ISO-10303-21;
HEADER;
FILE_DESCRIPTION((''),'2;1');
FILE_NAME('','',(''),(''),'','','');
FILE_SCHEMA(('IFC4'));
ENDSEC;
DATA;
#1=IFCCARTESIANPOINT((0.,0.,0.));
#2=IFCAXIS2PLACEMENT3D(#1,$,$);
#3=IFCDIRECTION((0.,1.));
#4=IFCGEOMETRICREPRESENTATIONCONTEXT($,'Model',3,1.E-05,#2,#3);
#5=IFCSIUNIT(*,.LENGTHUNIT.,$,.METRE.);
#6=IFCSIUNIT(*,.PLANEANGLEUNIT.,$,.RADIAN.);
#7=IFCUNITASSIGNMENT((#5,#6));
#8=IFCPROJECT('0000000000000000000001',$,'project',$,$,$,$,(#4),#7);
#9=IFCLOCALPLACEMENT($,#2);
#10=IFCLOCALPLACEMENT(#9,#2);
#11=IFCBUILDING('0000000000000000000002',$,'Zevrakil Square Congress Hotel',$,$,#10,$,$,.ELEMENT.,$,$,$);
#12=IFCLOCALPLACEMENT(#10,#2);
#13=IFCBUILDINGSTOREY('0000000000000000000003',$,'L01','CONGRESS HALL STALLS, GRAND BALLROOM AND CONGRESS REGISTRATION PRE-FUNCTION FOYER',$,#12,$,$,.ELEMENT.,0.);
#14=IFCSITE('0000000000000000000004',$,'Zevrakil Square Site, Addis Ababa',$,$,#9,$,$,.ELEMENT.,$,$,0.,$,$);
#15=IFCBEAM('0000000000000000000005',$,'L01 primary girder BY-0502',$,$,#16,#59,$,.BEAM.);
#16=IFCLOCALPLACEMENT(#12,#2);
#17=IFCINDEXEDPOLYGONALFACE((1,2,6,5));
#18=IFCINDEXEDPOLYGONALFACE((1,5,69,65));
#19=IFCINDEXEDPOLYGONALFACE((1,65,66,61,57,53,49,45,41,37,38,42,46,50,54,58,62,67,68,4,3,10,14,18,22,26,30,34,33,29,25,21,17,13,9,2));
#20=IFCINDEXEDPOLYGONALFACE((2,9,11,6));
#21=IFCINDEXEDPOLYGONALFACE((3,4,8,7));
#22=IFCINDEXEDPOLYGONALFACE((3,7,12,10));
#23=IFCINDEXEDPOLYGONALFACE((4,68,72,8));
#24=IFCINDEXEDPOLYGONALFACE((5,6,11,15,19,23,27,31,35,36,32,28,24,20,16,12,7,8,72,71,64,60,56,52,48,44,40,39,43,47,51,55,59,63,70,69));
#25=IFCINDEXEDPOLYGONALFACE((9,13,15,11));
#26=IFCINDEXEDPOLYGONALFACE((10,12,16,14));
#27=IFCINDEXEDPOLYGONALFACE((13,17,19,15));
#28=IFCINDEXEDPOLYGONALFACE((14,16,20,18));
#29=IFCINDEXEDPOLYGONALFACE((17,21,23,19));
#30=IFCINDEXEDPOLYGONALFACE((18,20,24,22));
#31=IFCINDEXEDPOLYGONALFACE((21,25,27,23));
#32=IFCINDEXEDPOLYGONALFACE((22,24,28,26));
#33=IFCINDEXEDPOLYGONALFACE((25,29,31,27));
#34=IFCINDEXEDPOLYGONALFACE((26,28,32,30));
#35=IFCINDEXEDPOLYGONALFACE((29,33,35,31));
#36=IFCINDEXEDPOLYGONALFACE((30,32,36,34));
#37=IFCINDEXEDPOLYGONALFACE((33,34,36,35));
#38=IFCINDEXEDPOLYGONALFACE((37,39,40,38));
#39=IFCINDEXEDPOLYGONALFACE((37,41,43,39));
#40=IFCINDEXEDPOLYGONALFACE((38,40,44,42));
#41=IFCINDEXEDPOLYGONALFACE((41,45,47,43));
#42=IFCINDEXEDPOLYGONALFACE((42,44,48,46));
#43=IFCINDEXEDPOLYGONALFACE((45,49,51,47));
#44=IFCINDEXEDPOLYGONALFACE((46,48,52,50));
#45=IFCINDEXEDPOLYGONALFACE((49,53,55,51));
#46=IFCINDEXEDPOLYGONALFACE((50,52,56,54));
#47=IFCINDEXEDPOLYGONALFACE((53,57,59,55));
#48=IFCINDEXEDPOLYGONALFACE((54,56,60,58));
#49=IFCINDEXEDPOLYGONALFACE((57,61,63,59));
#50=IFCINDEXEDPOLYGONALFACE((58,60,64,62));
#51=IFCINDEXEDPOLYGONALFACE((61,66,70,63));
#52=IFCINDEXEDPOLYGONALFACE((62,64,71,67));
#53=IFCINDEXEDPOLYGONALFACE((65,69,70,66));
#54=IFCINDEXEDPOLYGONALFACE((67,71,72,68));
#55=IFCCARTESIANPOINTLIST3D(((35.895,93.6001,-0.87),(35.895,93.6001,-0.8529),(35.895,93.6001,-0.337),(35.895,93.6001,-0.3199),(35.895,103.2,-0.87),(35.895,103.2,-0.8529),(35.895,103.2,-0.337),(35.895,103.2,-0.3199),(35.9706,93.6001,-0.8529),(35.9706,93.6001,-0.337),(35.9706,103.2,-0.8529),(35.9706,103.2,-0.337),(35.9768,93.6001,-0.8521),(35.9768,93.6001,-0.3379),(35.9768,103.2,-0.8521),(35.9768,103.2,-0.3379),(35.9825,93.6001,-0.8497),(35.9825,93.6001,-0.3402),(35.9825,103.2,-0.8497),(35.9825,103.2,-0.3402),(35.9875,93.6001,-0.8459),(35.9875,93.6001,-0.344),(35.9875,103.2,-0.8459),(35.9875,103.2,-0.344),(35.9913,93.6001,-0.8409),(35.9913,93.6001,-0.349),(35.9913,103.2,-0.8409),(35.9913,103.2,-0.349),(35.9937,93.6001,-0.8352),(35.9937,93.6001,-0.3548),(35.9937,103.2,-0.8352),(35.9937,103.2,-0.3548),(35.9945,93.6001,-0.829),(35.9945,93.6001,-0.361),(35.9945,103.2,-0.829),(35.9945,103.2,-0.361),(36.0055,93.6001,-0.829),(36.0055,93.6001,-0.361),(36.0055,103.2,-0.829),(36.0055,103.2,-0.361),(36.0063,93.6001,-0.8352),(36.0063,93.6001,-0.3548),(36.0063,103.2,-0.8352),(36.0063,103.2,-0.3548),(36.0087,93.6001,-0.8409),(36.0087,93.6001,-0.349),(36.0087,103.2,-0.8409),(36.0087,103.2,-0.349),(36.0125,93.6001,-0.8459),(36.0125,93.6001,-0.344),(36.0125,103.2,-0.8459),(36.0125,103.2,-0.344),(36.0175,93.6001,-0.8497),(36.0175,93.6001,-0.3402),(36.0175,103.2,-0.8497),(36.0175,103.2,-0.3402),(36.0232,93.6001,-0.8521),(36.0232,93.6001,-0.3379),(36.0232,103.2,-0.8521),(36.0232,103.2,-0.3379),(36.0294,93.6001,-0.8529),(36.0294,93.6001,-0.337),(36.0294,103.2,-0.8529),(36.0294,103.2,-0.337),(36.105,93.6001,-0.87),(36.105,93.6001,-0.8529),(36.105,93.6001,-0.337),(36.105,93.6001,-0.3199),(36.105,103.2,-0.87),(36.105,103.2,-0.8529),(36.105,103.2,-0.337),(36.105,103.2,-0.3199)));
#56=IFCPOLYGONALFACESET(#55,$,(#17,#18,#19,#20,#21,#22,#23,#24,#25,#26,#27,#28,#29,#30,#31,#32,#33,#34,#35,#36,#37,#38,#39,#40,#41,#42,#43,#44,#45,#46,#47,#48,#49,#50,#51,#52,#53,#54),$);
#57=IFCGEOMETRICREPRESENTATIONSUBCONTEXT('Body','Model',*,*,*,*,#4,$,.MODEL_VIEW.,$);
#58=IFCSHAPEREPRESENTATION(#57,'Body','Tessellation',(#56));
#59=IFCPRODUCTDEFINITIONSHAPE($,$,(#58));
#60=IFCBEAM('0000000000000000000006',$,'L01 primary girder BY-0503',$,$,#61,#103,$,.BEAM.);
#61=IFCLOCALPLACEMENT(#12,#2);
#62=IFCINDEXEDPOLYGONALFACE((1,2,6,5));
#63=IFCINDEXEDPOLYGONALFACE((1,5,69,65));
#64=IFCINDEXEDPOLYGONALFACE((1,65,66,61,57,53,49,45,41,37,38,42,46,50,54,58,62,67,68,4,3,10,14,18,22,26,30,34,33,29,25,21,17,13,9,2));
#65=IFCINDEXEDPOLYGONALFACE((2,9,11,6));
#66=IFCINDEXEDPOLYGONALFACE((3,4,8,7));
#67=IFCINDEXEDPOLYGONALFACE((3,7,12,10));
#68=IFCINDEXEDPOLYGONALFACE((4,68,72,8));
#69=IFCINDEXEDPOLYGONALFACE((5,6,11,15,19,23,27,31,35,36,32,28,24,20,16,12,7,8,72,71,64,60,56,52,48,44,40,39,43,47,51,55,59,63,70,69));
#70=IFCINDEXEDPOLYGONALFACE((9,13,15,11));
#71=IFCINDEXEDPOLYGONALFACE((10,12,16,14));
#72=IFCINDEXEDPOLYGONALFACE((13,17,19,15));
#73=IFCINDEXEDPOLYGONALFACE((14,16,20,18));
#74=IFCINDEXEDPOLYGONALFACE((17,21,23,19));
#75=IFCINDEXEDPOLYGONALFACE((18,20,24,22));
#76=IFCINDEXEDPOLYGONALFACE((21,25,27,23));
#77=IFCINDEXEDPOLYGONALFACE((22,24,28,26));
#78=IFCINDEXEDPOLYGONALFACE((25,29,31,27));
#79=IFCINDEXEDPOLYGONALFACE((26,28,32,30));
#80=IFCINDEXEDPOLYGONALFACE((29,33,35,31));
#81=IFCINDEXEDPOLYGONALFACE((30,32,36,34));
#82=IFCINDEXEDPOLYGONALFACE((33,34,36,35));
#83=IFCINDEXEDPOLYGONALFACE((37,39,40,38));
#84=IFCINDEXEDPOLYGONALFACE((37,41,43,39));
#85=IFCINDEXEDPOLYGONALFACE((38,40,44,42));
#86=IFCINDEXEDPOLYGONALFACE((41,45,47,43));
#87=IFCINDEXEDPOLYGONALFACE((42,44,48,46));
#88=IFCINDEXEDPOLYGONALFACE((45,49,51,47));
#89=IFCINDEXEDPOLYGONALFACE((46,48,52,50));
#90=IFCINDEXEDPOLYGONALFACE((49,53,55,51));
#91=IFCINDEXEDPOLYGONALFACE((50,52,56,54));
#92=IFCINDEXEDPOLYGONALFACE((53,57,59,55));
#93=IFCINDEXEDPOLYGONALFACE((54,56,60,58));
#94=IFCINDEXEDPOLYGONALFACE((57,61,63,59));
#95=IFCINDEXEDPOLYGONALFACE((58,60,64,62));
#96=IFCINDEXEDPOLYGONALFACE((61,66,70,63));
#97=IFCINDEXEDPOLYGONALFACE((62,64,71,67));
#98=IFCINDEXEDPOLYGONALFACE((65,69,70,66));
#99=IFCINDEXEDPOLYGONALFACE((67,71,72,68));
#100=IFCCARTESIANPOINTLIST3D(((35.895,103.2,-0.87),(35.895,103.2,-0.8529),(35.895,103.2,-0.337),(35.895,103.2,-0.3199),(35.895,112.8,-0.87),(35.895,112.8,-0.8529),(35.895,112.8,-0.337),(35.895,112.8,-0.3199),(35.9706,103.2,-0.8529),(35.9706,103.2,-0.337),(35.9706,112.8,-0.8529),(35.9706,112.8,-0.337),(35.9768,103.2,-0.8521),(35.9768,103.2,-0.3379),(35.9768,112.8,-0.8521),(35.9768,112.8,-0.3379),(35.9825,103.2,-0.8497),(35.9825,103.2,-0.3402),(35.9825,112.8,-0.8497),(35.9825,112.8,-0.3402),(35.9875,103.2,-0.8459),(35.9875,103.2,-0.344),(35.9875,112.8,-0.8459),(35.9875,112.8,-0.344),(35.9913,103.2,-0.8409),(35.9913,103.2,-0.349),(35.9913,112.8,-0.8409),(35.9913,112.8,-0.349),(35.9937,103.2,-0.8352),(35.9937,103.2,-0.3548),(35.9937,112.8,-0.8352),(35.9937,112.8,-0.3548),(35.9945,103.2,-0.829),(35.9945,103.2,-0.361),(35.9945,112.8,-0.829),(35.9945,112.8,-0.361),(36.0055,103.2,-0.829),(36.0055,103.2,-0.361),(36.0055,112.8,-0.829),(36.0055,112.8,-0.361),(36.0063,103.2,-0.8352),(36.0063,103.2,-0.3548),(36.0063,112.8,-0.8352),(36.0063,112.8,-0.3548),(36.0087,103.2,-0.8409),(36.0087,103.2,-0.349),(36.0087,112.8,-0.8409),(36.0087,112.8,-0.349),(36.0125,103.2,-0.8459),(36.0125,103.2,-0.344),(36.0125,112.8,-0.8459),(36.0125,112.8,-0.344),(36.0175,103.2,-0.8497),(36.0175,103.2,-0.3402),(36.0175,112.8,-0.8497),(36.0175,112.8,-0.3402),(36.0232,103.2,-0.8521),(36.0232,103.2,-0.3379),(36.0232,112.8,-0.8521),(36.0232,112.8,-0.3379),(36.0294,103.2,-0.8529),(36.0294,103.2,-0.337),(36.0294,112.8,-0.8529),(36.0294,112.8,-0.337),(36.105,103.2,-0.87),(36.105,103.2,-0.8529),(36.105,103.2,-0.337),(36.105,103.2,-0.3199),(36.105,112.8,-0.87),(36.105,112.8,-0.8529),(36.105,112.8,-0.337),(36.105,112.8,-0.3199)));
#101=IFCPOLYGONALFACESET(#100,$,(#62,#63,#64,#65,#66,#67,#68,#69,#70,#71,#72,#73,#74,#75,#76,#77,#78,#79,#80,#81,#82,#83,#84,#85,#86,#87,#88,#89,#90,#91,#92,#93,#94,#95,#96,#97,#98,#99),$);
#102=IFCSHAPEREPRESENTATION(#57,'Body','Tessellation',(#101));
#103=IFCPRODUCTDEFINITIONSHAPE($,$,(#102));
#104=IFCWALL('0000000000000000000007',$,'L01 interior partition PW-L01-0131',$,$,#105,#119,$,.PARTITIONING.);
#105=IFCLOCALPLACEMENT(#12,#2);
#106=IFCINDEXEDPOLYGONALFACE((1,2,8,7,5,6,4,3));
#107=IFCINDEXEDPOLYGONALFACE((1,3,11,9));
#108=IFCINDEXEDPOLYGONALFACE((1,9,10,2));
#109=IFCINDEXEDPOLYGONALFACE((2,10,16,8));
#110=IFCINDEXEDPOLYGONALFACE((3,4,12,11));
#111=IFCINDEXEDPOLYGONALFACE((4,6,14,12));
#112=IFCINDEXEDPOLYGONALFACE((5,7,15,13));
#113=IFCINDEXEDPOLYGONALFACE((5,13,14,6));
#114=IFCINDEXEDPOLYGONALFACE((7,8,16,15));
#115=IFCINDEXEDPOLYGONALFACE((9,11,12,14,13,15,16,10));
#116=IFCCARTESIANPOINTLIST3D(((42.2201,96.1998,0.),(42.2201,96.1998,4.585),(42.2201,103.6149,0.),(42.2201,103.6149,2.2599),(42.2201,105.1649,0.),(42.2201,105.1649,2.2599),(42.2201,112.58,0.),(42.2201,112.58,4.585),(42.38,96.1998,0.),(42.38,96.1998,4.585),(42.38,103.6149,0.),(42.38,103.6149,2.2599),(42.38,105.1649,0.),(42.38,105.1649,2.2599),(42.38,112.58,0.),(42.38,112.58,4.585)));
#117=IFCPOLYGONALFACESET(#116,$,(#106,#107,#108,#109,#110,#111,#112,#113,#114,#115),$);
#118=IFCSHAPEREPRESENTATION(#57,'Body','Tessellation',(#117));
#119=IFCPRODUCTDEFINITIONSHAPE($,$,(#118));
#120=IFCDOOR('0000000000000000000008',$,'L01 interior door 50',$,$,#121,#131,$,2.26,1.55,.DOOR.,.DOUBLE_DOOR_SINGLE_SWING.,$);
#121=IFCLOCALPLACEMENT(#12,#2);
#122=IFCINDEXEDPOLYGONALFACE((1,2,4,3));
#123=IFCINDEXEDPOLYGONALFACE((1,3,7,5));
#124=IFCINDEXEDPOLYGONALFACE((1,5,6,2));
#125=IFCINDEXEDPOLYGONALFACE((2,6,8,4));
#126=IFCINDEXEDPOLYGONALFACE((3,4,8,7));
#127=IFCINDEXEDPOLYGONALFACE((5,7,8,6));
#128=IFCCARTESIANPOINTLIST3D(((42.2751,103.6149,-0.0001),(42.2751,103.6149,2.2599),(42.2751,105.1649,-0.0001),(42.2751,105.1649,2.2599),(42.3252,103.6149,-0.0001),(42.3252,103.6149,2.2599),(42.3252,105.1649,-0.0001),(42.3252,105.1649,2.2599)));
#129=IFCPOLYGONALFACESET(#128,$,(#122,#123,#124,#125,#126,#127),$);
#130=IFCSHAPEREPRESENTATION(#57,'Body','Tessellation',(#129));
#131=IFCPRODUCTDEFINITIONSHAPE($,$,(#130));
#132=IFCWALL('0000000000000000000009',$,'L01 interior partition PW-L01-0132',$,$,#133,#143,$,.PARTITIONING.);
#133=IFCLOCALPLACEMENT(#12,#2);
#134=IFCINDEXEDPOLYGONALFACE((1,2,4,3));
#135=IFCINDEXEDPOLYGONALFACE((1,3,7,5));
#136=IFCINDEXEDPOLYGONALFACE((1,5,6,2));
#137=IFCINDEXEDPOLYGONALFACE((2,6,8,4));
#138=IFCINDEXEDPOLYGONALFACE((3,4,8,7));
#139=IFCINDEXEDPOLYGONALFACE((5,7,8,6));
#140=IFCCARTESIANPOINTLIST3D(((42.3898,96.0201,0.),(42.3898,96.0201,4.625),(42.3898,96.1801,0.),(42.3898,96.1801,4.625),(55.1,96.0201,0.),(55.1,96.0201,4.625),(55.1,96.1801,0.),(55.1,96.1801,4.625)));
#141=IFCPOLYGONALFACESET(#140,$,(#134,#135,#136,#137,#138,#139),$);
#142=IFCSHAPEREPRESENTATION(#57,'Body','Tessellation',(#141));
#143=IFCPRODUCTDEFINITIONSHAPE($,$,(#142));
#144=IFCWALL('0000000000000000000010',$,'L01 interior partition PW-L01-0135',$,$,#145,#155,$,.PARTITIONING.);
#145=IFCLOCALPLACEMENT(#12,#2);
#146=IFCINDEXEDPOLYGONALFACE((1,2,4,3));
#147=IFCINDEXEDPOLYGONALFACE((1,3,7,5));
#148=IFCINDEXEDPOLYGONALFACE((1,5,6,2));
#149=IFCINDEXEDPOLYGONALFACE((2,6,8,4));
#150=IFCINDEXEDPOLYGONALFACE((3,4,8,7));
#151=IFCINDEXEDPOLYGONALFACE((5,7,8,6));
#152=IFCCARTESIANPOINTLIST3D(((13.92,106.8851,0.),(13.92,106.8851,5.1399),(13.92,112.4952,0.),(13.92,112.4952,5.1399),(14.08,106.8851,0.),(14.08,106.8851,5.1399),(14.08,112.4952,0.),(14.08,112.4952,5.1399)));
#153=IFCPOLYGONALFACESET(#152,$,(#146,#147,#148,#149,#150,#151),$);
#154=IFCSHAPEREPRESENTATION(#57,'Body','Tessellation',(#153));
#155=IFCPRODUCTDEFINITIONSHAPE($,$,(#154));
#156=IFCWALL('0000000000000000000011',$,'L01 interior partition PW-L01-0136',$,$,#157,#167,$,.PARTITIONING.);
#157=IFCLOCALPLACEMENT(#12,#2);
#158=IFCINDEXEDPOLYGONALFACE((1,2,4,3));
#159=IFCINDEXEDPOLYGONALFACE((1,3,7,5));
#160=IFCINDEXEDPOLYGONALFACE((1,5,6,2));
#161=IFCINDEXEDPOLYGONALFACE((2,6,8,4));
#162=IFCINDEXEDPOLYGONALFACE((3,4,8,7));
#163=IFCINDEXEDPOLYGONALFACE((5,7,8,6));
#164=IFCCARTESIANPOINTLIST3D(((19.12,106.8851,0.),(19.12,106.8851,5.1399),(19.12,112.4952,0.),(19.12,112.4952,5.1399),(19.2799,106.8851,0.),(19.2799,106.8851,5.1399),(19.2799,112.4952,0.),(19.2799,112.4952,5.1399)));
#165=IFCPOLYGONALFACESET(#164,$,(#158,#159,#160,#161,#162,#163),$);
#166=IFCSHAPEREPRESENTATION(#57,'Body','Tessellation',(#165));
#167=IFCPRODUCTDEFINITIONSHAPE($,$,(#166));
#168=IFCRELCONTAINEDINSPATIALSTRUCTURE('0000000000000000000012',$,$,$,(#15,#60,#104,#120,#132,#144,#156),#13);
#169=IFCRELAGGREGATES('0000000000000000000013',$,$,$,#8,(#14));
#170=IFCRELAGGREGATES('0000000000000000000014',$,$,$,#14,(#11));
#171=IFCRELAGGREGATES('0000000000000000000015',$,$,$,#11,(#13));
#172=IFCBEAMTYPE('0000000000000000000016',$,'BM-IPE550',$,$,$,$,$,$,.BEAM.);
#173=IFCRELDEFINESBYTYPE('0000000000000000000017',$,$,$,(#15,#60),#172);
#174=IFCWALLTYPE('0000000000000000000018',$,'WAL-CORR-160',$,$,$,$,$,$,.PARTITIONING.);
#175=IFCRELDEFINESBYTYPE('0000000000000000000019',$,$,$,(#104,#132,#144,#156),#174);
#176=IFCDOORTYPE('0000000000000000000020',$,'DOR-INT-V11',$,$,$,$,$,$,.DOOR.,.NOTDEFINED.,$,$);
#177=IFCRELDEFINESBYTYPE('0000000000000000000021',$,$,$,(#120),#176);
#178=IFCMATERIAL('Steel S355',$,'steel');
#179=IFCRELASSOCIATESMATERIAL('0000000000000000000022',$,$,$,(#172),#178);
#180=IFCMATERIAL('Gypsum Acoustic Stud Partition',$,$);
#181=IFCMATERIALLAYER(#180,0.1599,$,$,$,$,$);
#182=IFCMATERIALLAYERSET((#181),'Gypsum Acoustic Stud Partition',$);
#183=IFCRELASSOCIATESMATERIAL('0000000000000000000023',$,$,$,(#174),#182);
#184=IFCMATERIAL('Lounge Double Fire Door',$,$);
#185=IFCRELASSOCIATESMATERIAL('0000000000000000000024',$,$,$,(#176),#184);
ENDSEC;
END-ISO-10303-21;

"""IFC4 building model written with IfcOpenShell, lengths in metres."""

from ifc_helpers import new_model, si_unit, direction, frame, frame_2d, origin, origin_2d, place, context, subcontext, project, spatial, rectangle, i_section, extrude, material, layer, layer_set, material_profile, profile_set, type_object, element, fill, save


model = new_model("IFC4")

# Units and contexts
model_context = context("Model", 3, precision=1e-05, world=origin(), true_north=direction((0.0, 1.0)))
body_context = subcontext(model_context, "Body", "Model", "MODEL_VIEW")
ifc_project = project(units=[si_unit("LENGTHUNIT", "METRE"), si_unit("PLANEANGLEUNIT", "RADIAN")], contexts=[model_context])

# Site, building, storey
site_placement = place(None, origin())
site = spatial("IfcSite", under=ifc_project, at=site_placement, Name="Zevrakil Square Site, Addis Ababa", CompositionType="ELEMENT", RefElevation=0.0)
building_placement = place(site_placement, origin())
building = spatial("IfcBuilding", under=site, at=building_placement, Name="Zevrakil Square Congress Hotel", CompositionType="ELEMENT")
storey_placement = place(building_placement, origin())
storey = spatial("IfcBuildingStorey", under=building, at=storey_placement, Name="L01", Description="CONGRESS HALL STALLS, GRAND BALLROOM AND CONGRESS REGISTRATION PRE-FUNCTION FOYER", CompositionType="ELEMENT", Elevation=0.0)

# Beams
ifc_material_1 = material(Name="Steel S355", Category="steel")
ifc_material_profile_1 = material_profile(ifc_material_1, i_section(OverallWidth=0.21, OverallDepth=0.55, WebThickness=0.011, FlangeThickness=0.0171, FilletRadius=0.0239, at=origin_2d()), Name="IPE 550")
ifc_profile_set_1 = profile_set([ifc_material_profile_1], Name="Steel S355")
beam_type_1 = type_object("IfcBeamType", Name="BM-IPE550", PredefinedType="BEAM", material=ifc_profile_set_1)
beam_1_placement = place(storey_placement, frame((36.0, 93.6001, -0.595), z_axis=(0.0, 1.0, 0.0), x_axis=(-1.0, 0.0, 0.0)))
element("IfcBeam", 1, at=beam_1_placement, inside=storey, type_object=beam_type_1, Name="L01 primary girder BY-0502", PredefinedType="BEAM", context=body_context, shape_type="SweptSolid", body=[
    extrude(i_section(OverallWidth=0.21, OverallDepth=0.55, WebThickness=0.011, FlangeThickness=0.0171, FilletRadius=0.0239, at=origin_2d()), origin(), (0.0, 0.0, 1.0), 9.5999),
])
beam_2_placement = place(storey_placement, frame((36.0, 103.2, -0.595), z_axis=(0.0, 1.0, 0.0), x_axis=(-1.0, 0.0, 0.0)))
element("IfcBeam", 2, at=beam_2_placement, inside=storey, type_object=beam_type_1, Name="L01 primary girder BY-0503", PredefinedType="BEAM", context=body_context, shape_type="SweptSolid", body=[
    extrude(i_section(OverallWidth=0.21, OverallDepth=0.55, WebThickness=0.011, FlangeThickness=0.0171, FilletRadius=0.0239, at=origin_2d()), origin(), (0.0, 0.0, 1.0), 9.6001),
])

# Wall, opening, door
ifc_material_2 = material(Name="Gypsum Acoustic Stud Partition")
ifc_layer_1 = layer(ifc_material_2, 0.1599)
ifc_layer_set_1 = layer_set([ifc_layer_1], Name="Gypsum Acoustic Stud Partition")
wall_type_1 = type_object("IfcWallType", Name="WAL-CORR-160", PredefinedType="PARTITIONING", material=ifc_layer_set_1)
wall_1_placement = place(storey_placement, frame((42.3, 96.2, 0.0), z_axis=(0.0, 0.0, 1.0), x_axis=(0.0, 1.0, 0.0)))
wall_1 = element("IfcWall", 3, at=wall_1_placement, inside=storey, type_object=wall_type_1, Name="L01 interior partition PW-L01-0131", PredefinedType="PARTITIONING", context=body_context, shape_type="SweptSolid", body=[
    extrude(rectangle(XDim=16.3801, YDim=0.1599, at=frame_2d((8.1899, 0.0))), origin(), (0.0, 0.0, 1.0), 4.585),
])
opening_1_placement = place(wall_1_placement, frame((7.415, 0.0, 0.0)))
opening_1 = element("IfcOpeningElement", 4, at=opening_1_placement, cuts=wall_1, PredefinedType="OPENING", context=body_context, shape_type="SweptSolid", body=[
    extrude(rectangle(XDim=1.55, YDim=2.26, at=frame_2d((0.7749, 1.1299))), frame((0.0, 0.0898, 0.0), z_axis=(0.0, -1.0, 0.0), x_axis=(1.0, 0.0, 0.0)), (0.0, 0.0, 1.0), 0.1799),
])
ifc_material_3 = material(Name="Lounge Double Fire Door")
door_type_1 = type_object("IfcDoorType", Name="DOR-INT-V11", OperationType="NOTDEFINED", PredefinedType="DOOR", material=ifc_material_3)
door_1_placement = place(opening_1_placement, origin())
door_1 = element("IfcDoor", 5, at=door_1_placement, inside=storey, type_object=door_type_1, Name="L01 interior door 50", OperationType="DOUBLE_DOOR_SINGLE_SWING", OverallHeight=2.26, OverallWidth=1.55, PredefinedType="DOOR", context=body_context, shape_type="SweptSolid", body=[
    extrude(rectangle(XDim=1.55, YDim=2.26, at=frame_2d((0.7749, 1.1299))), frame((0.0, 0.0249, 0.0), z_axis=(0.0, -1.0, 0.0), x_axis=(1.0, 0.0, 0.0)), (0.0, 0.0, 1.0), 0.05),
])
fill(opening_1, door_1)

# Walls
wall_2_placement = place(storey_placement, frame((42.3899, 96.1001, 0.0), z_axis=(0.0, 0.0, 1.0), x_axis=(1.0, 0.0, 0.0)))
element("IfcWall", 6, at=wall_2_placement, inside=storey, type_object=wall_type_1, Name="L01 interior partition PW-L01-0132", PredefinedType="PARTITIONING", context=body_context, shape_type="SweptSolid", body=[
    extrude(rectangle(XDim=12.7102, YDim=0.1599, at=frame_2d((6.355, 0.0))), origin(), (0.0, 0.0, 1.0), 4.625),
])
for number, where, z_axis, x_axis, name in (
    (7, (14.0, 106.885, 0.0), (0.0, 0.0, 1.0), (0.0, 1.0, 0.0), "L01 interior partition PW-L01-0135"),
    (8, (19.2, 106.885, 0.0), (0.0, 0.0, 1.0), (0.0, 1.0, 0.0), "L01 interior partition PW-L01-0136"),
):
    element("IfcWall", number, at=place(storey_placement, frame(where, z_axis=z_axis, x_axis=x_axis)), inside=storey, type_object=wall_type_1, Name=name, PredefinedType="PARTITIONING", context=body_context, shape_type="SweptSolid", body=[
        extrude(rectangle(XDim=5.6101, YDim=0.1599, at=frame_2d((2.8052, 0.0))), origin(), (0.0, 0.0, 1.0), 5.1399),
    ])

save(model, "model.ifc")
